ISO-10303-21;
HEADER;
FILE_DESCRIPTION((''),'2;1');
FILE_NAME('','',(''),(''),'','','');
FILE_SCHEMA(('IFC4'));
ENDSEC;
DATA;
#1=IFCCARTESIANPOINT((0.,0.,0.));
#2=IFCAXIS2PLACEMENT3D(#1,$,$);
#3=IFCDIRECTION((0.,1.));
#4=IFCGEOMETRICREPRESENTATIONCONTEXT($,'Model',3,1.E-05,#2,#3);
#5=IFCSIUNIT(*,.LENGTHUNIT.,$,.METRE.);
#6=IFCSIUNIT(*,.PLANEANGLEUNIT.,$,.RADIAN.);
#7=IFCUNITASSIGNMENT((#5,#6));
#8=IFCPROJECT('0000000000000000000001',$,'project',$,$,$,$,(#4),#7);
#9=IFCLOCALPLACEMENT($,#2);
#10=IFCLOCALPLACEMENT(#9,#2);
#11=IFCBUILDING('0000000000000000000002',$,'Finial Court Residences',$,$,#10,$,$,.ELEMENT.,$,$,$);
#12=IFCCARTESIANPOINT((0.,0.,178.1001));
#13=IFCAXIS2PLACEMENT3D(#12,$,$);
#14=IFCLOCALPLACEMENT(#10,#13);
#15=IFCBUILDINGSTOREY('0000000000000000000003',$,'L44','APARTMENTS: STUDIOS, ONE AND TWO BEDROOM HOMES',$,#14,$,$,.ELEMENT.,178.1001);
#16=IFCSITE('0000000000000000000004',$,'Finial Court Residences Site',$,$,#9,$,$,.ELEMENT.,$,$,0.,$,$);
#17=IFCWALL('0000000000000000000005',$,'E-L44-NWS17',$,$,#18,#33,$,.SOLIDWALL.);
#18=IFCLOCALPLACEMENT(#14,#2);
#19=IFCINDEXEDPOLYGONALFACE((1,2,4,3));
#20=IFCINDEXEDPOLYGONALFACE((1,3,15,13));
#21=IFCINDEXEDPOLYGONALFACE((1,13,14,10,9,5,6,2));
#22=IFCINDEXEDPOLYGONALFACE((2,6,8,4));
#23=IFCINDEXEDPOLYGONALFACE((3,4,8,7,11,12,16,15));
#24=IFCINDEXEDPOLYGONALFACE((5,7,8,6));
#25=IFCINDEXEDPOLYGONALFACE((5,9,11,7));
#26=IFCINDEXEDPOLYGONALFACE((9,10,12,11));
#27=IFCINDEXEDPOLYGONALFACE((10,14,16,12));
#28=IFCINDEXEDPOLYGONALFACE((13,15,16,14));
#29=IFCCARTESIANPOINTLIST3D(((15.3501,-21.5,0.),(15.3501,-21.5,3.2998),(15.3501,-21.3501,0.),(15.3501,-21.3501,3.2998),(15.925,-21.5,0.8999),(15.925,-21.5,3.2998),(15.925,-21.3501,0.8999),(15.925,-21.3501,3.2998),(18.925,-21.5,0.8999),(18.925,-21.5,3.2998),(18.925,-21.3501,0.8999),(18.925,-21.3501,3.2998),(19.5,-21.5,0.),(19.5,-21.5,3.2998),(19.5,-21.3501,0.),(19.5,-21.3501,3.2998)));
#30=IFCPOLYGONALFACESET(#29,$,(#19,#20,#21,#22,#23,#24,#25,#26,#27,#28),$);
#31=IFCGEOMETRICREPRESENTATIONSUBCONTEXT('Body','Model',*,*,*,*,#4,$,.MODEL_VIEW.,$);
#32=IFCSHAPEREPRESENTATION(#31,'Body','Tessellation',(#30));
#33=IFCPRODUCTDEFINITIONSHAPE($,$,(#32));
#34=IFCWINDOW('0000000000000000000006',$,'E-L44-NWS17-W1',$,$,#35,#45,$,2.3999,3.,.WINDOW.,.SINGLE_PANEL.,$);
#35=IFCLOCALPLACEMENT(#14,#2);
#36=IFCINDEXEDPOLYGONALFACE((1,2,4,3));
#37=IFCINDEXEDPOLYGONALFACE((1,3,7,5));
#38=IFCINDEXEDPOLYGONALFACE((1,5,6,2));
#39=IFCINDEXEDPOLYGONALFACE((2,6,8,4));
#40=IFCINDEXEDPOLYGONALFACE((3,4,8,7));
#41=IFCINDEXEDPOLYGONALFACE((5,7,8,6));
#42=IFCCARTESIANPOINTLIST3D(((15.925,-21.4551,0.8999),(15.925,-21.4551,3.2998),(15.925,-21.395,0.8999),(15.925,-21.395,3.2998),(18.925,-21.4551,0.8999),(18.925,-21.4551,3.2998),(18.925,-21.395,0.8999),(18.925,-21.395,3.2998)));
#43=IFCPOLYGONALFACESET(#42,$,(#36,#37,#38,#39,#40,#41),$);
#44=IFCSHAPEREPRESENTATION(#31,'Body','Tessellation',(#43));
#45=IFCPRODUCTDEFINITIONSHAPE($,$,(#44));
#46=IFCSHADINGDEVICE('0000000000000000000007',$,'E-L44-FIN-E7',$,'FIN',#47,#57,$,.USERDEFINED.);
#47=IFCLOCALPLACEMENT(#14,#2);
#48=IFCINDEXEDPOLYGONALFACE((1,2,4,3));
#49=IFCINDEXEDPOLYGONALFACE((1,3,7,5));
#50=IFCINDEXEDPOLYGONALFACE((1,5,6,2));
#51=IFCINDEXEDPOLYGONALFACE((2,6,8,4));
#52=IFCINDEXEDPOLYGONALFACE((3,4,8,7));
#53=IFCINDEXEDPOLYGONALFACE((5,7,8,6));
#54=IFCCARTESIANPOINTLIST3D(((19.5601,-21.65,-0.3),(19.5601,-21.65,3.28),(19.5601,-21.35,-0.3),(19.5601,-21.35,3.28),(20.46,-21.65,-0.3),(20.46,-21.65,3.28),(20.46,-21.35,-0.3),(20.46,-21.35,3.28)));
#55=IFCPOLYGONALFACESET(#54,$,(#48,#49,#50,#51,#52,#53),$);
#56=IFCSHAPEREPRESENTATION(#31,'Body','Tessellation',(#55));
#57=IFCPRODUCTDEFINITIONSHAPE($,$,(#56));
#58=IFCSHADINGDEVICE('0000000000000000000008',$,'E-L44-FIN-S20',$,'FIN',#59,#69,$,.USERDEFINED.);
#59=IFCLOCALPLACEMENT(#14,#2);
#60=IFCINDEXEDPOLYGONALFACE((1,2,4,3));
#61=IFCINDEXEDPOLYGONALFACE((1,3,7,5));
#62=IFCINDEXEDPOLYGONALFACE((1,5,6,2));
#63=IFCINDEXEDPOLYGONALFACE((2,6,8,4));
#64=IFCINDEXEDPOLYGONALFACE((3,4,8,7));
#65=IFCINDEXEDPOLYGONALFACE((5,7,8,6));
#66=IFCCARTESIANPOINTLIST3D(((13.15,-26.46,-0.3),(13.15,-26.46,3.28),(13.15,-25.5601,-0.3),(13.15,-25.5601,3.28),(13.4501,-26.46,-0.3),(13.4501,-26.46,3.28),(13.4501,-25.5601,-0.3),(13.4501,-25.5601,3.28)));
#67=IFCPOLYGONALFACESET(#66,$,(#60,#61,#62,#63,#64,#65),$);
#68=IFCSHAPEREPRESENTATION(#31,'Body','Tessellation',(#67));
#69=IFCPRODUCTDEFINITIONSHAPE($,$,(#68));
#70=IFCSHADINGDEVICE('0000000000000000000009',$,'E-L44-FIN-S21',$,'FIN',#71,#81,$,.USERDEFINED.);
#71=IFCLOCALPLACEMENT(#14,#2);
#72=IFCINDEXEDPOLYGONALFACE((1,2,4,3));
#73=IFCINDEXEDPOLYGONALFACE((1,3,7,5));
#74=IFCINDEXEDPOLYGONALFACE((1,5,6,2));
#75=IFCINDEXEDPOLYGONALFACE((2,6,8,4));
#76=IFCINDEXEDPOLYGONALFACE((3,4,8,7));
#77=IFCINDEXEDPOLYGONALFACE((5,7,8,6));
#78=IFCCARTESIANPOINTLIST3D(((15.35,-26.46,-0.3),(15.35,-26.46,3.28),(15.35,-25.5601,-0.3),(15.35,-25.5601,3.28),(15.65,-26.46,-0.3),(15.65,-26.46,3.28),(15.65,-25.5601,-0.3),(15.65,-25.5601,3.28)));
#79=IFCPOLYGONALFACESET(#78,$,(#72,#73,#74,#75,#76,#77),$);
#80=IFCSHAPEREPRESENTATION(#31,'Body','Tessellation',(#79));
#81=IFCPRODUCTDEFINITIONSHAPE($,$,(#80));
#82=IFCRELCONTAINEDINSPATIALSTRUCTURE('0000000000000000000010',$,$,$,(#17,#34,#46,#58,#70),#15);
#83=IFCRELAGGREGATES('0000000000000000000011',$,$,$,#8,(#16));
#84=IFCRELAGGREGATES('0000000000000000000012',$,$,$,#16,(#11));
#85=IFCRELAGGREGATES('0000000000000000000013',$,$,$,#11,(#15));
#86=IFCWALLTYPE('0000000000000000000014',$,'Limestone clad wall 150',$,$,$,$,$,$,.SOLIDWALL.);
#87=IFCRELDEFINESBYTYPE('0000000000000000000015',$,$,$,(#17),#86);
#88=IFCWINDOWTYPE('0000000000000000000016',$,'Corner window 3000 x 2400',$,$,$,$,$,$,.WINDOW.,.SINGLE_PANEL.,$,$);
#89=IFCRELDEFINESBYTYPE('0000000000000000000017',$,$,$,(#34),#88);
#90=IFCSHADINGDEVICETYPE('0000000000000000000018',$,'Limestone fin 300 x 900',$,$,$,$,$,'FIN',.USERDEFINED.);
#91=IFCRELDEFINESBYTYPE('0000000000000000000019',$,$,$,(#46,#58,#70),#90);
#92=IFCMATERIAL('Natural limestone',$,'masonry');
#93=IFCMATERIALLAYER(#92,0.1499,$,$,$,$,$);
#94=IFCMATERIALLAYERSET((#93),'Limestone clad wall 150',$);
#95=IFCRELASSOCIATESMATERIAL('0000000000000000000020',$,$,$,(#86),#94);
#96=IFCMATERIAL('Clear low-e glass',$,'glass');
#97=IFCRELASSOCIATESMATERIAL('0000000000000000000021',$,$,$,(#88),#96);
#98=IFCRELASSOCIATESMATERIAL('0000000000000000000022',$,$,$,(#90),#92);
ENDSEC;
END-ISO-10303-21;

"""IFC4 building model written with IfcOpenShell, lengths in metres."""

from ifc_helpers import new_model, si_unit, direction, frame, frame_2d, origin, origin_2d, place, context, subcontext, project, spatial, rectangle, extrude, material, layer, layer_set, type_object, element, fill, save


model = new_model("IFC4")

# Units and contexts
model_context = context("Model", 3, precision=1e-05, world=origin(), true_north=direction((0.0, 1.0)))
body_context = subcontext(model_context, "Body", "Model", "MODEL_VIEW")
ifc_project = project(units=[si_unit("LENGTHUNIT", "METRE"), si_unit("PLANEANGLEUNIT", "RADIAN")], contexts=[model_context])

# Site, building, storey
site_placement = place(None, origin())
site = spatial("IfcSite", under=ifc_project, at=site_placement, Name="Finial Court Residences Site", CompositionType="ELEMENT", RefElevation=0.0)
building_placement = place(site_placement, origin())
building = spatial("IfcBuilding", under=site, at=building_placement, Name="Finial Court Residences", CompositionType="ELEMENT")
storey_placement = place(building_placement, frame((0.0, 0.0, 178.1001)))
storey = spatial("IfcBuildingStorey", under=building, at=storey_placement, Name="L44", Description="APARTMENTS: STUDIOS, ONE AND TWO BEDROOM HOMES", CompositionType="ELEMENT", Elevation=178.1001)

# Shared definitions
ifc_material_1 = material(Name="Clear low-e glass", Category="glass")

# Wall, opening, window
ifc_material_2 = material(Name="Natural limestone", Category="masonry")
ifc_layer_1 = layer(ifc_material_2, 0.1499)
ifc_layer_set_1 = layer_set([ifc_layer_1], Name="Limestone clad wall 150")
wall_type_1 = type_object("IfcWallType", Name="Limestone clad wall 150", PredefinedType="SOLIDWALL", material=ifc_layer_set_1)
wall_1_placement = place(storey_placement, frame((19.5, -21.425, 0.0), z_axis=(0.0, 0.0, 1.0), x_axis=(-1.0, 0.0, 0.0)))
wall_1 = element("IfcWall", 1, at=wall_1_placement, inside=storey, type_object=wall_type_1, Name="E-L44-NWS17", PredefinedType="SOLIDWALL", context=body_context, shape_type="SweptSolid", body=[
    extrude(rectangle(XDim=4.1499, YDim=0.1499, at=frame_2d((2.075, 0.0))), origin(), (0.0, 0.0, 1.0), 3.2998),
])
opening_1_placement = place(wall_1_placement, frame((0.575, 0.0, 0.8999)))
opening_1 = element("IfcOpeningElement", 2, at=opening_1_placement, cuts=wall_1, PredefinedType="OPENING", context=body_context, shape_type="SweptSolid", body=[
    extrude(rectangle(XDim=3.0, YDim=2.3999, at=frame_2d((1.5, 1.2))), frame((0.0, 0.085, 0.0), z_axis=(0.0, -1.0, 0.0), x_axis=(1.0, 0.0, 0.0)), (0.0, 0.0, 1.0), 0.1699),
])
window_type_1 = type_object("IfcWindowType", Name="Corner window 3000 x 2400", PartitioningType="SINGLE_PANEL", PredefinedType="WINDOW", material=ifc_material_1)
window_1_placement = place(opening_1_placement, origin())
window_1 = element("IfcWindow", 3, at=window_1_placement, inside=storey, type_object=window_type_1, Name="E-L44-NWS17-W1", OverallHeight=2.3999, OverallWidth=3.0, PartitioningType="SINGLE_PANEL", PredefinedType="WINDOW", context=body_context, shape_type="SweptSolid", body=[
    extrude(rectangle(XDim=3.0, YDim=2.3999, at=frame_2d((1.5, 1.2))), frame((0.0, 0.03, 0.0), z_axis=(0.0, -1.0, 0.0), x_axis=(1.0, 0.0, 0.0)), (0.0, 0.0, 1.0), 0.0601),
])
fill(opening_1, window_1)

# Shading devices
shading_device_type = type_object("IfcShadingDeviceType", Name="Limestone fin 300 x 900", ElementType="FIN", PredefinedType="USERDEFINED", material=ifc_material_2)
shading_device_placement = place(storey_placement, frame((20.01, -21.5, -0.3), z_axis=(0.0, 0.0, 1.0), x_axis=(1.0, 0.0, 0.0)))
element("IfcShadingDevice", 4, at=shading_device_placement, inside=storey, type_object=shading_device_type, Name="E-L44-FIN-E7", ObjectType="FIN", PredefinedType="USERDEFINED", context=body_context, shape_type="SweptSolid", body=[
    extrude(rectangle(XDim=0.8999, YDim=0.3, at=origin_2d()), origin(), (0.0, 0.0, 1.0), 3.5801),
])
for number, where, z_axis, x_axis, name in (
    (5, (13.3, -26.01, -0.3), (0.0, 0.0, 1.0), (1.0, 0.0, 0.0), "E-L44-FIN-S20"),
    (6, (15.5, -26.01, -0.3), (0.0, 0.0, 1.0), (1.0, 0.0, 0.0), "E-L44-FIN-S21"),
):
    element("IfcShadingDevice", number, at=place(storey_placement, frame(where, z_axis=z_axis, x_axis=x_axis)), inside=storey, type_object=shading_device_type, Name=name, ObjectType="FIN", PredefinedType="USERDEFINED", context=body_context, shape_type="SweptSolid", body=[
        extrude(rectangle(XDim=0.3, YDim=0.8999, at=origin_2d()), origin(), (0.0, 0.0, 1.0), 3.5801),
    ])

save(model, "model.ifc")
